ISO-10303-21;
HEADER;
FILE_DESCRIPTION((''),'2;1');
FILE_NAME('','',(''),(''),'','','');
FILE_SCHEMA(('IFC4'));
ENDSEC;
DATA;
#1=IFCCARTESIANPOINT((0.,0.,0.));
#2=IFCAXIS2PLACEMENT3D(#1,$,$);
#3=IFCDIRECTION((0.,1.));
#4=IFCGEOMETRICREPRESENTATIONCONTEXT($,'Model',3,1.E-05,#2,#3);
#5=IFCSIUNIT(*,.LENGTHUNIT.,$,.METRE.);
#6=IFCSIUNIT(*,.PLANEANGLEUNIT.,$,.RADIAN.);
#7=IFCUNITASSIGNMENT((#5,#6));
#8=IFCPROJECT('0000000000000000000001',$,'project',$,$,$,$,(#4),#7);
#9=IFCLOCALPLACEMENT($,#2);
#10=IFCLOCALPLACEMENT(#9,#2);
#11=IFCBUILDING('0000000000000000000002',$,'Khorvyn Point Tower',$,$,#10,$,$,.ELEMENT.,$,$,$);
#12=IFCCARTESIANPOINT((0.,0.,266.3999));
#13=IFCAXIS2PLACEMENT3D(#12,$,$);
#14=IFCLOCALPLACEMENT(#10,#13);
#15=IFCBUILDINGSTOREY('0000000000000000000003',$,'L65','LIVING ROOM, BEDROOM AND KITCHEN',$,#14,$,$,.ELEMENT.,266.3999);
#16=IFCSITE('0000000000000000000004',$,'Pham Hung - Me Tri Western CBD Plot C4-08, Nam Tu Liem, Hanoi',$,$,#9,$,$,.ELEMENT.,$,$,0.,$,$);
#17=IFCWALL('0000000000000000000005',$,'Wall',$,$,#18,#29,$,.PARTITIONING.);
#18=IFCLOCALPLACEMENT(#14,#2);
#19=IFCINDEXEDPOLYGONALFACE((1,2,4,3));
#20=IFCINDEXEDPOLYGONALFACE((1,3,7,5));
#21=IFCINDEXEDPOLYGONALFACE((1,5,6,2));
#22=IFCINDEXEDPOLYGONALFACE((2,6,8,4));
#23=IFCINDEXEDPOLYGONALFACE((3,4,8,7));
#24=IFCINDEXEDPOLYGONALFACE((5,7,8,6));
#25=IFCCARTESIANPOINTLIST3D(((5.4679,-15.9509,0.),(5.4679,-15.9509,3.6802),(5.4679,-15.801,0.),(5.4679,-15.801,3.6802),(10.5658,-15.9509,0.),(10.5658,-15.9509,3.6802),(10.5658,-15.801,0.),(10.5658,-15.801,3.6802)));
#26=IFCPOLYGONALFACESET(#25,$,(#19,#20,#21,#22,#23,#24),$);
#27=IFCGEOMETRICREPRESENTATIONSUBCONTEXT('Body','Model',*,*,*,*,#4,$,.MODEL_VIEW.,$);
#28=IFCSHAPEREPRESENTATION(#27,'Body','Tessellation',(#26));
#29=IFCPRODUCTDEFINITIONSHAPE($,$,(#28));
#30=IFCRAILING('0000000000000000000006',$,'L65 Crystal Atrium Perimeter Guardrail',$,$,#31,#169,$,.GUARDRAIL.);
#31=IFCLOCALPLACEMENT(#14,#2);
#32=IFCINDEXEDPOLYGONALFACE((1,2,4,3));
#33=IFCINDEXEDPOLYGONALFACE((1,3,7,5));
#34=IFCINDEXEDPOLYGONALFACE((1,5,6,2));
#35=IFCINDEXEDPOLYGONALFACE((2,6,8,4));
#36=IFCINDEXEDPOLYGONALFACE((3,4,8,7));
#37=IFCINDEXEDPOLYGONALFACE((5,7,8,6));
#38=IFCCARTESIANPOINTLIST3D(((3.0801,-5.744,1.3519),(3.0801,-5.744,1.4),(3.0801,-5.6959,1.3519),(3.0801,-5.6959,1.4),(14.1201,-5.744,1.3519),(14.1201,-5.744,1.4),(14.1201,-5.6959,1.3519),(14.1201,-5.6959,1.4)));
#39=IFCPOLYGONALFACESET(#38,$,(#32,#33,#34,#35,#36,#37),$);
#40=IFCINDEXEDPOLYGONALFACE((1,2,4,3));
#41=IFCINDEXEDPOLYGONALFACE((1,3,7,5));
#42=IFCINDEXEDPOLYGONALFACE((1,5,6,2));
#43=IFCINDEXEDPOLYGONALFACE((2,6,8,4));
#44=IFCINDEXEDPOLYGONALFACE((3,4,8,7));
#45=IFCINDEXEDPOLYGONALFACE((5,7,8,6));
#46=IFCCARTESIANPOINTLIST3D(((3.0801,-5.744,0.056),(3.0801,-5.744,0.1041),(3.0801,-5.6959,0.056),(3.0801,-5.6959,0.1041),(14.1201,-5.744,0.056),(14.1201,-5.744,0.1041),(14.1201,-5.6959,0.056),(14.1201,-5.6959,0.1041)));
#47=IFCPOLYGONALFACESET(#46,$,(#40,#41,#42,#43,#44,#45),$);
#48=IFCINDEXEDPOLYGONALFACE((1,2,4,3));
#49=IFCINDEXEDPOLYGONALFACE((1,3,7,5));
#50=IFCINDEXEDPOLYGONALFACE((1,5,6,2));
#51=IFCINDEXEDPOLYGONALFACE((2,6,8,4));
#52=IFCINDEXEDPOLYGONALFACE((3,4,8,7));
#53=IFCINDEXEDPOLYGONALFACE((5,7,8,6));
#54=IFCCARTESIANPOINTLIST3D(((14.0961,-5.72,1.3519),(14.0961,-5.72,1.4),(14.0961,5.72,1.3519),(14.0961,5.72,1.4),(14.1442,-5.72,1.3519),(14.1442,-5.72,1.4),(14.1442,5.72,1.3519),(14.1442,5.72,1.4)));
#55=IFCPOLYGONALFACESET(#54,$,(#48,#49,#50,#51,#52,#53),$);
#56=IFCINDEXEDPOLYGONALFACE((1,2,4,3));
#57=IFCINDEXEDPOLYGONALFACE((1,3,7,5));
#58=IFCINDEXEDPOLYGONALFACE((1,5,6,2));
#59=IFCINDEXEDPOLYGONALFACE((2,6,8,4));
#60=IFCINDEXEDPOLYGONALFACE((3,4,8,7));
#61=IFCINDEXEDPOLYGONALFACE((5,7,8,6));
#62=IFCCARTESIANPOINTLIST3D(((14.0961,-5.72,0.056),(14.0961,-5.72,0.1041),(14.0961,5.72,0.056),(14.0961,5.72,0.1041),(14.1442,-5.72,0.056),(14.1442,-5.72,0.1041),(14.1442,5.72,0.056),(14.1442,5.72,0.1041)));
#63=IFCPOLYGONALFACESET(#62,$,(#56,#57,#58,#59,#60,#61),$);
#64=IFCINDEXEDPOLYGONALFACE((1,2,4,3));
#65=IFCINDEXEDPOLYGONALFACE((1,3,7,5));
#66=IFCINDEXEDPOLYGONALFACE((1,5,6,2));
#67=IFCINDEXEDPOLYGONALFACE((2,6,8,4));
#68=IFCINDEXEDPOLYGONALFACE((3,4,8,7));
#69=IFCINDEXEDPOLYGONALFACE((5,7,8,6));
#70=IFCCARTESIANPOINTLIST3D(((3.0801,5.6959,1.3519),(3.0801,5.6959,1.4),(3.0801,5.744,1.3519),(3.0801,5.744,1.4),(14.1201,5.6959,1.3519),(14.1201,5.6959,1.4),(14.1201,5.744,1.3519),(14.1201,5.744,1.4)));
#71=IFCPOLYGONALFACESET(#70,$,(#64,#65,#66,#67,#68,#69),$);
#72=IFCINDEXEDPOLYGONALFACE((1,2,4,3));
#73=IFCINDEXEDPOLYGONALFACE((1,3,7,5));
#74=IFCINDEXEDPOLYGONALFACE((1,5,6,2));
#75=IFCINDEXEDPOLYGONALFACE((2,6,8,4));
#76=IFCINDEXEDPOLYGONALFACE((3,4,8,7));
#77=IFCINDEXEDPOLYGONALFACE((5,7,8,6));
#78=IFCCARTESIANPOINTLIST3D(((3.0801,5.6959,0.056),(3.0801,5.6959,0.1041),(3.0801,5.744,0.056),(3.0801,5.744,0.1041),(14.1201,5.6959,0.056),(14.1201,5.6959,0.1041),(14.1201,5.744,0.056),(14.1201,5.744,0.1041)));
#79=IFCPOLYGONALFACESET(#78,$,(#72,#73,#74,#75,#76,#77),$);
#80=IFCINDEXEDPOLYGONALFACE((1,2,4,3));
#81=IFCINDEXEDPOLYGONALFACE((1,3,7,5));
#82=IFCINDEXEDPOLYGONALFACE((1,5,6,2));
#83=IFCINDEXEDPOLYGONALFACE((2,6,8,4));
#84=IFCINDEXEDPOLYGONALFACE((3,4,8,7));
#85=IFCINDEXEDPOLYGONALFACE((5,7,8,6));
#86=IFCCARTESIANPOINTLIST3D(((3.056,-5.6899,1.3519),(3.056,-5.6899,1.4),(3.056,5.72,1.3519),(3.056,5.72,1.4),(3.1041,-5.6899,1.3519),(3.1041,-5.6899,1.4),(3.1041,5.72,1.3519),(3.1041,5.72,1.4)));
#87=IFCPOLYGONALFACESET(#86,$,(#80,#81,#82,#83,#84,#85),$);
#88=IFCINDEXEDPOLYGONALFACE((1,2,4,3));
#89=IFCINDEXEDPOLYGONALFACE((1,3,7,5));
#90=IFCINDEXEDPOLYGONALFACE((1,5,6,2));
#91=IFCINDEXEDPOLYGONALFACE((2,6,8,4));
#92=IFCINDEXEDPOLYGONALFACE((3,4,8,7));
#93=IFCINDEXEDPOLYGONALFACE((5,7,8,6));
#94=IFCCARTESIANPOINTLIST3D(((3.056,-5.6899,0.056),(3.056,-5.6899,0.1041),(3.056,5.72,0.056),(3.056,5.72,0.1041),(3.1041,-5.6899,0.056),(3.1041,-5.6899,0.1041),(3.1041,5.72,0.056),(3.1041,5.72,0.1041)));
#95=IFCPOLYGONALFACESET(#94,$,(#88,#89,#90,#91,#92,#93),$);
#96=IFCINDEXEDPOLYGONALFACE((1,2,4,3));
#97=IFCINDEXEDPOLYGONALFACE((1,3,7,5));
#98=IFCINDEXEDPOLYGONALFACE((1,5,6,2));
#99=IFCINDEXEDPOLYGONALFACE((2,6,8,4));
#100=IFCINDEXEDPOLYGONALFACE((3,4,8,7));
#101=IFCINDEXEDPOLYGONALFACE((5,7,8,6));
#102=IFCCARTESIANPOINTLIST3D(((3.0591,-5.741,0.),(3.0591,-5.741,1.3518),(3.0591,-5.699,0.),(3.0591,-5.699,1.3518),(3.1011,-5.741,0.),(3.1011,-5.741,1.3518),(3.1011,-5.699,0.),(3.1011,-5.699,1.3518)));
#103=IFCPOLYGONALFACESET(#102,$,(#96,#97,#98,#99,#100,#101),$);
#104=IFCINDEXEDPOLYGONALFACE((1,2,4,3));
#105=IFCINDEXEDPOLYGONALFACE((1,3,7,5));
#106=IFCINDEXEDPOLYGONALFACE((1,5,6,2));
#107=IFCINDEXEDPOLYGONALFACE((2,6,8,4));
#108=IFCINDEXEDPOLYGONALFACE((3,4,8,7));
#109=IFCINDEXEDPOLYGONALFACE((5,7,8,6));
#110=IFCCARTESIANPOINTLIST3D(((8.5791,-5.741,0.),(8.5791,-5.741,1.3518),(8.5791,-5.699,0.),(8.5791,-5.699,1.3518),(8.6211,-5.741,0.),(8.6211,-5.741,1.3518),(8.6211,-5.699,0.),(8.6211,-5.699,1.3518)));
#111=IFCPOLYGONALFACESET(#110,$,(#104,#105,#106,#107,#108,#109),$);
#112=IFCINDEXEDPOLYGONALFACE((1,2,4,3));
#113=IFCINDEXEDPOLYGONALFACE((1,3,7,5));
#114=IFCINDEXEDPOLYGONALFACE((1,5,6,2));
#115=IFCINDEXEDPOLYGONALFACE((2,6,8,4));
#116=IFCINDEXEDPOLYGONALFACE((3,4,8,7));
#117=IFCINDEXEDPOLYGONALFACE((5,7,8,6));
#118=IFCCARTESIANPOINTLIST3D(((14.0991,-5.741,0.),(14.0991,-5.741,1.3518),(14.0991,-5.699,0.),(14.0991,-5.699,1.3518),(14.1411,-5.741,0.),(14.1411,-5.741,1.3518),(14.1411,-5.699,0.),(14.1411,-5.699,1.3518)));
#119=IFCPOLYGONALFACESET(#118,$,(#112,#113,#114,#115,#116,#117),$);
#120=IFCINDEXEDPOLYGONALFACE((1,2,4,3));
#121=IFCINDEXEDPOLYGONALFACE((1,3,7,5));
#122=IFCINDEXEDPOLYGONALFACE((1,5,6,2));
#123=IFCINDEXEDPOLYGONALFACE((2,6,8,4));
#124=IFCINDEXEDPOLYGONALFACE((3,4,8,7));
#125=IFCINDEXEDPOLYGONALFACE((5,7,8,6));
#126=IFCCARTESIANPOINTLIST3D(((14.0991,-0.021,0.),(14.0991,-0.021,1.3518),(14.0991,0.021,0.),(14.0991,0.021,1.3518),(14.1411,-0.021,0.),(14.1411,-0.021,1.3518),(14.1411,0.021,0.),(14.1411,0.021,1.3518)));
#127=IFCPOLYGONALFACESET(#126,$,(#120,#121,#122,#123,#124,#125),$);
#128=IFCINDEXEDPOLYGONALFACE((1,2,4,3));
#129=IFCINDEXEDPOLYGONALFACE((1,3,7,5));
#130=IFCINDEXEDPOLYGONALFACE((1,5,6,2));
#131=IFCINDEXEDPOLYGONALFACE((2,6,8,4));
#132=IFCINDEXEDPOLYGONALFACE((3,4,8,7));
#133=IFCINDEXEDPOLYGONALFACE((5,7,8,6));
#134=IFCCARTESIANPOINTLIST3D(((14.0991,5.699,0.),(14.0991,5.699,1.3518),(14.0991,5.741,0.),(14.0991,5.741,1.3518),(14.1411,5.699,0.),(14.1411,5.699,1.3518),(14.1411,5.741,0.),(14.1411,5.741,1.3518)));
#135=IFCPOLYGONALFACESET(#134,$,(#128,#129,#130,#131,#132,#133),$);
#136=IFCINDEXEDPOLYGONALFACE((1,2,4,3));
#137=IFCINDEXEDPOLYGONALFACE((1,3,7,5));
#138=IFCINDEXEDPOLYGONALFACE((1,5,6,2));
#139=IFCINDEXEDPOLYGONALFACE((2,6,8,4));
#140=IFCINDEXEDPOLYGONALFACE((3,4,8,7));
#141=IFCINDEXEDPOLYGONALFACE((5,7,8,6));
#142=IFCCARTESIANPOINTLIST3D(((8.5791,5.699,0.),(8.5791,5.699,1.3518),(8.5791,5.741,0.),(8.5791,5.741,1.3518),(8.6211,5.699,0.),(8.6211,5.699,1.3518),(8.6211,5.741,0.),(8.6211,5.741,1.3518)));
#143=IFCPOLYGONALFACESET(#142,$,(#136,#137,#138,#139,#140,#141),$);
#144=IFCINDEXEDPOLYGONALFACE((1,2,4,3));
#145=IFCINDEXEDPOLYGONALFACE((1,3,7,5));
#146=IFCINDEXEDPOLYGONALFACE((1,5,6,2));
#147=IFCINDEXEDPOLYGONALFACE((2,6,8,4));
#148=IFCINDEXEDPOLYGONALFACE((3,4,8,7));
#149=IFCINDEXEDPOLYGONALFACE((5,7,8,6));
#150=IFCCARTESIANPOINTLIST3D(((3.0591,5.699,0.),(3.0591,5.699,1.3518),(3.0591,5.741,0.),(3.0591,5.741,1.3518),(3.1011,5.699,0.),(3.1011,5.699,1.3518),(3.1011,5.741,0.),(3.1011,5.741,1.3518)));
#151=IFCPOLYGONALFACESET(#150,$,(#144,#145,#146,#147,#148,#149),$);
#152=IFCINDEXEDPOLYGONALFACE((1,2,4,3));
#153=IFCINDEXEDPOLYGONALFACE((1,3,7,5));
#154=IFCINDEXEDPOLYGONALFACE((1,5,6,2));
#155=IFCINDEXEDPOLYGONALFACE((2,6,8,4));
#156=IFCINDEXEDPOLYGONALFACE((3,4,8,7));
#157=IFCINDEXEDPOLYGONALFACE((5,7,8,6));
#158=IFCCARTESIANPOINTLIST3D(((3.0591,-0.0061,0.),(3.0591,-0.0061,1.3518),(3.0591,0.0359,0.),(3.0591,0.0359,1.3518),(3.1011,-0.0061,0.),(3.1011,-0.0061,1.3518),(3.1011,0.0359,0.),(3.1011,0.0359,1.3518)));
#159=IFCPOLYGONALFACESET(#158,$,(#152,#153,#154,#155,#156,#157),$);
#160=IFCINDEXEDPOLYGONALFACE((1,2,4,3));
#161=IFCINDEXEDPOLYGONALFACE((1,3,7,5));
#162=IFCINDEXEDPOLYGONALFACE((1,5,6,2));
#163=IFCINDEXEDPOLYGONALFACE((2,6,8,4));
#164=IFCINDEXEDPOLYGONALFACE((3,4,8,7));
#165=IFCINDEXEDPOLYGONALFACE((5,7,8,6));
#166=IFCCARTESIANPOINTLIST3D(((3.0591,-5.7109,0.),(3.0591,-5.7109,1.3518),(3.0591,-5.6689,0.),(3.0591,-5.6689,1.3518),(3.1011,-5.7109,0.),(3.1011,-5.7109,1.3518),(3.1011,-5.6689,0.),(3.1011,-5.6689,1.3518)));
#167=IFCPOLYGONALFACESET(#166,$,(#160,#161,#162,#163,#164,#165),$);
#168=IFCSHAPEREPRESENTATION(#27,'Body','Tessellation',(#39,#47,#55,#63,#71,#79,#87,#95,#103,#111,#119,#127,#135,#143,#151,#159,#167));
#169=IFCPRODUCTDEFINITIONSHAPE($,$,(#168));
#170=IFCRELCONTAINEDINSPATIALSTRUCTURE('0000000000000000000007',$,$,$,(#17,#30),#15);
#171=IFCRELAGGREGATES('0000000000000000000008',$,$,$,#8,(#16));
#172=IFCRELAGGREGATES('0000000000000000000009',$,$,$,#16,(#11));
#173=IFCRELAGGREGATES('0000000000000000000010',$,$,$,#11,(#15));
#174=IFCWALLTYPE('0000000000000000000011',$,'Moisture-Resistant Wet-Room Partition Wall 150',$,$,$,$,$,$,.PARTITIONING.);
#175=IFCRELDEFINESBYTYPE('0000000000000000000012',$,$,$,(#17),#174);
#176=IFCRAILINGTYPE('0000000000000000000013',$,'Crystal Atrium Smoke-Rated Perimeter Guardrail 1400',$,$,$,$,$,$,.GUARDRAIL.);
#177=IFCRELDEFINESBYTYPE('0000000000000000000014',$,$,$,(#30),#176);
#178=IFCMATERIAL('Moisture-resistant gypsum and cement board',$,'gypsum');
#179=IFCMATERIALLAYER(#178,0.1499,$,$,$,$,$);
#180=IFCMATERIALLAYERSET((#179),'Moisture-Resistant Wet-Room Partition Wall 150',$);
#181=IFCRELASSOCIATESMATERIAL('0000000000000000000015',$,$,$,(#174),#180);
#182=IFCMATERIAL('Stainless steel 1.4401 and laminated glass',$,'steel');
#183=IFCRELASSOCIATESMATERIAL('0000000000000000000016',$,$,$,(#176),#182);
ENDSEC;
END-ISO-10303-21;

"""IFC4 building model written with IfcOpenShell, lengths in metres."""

from ifc_helpers import new_model, si_unit, direction, frame, frame_2d, origin, origin_2d, place, context, subcontext, project, spatial, rectangle, extrude, material, layer, layer_set, type_object, element, save


model = new_model("IFC4")

# Units and contexts
model_context = context("Model", 3, precision=1e-05, world=origin(), true_north=direction((0.0, 1.0)))
body_context = subcontext(model_context, "Body", "Model", "MODEL_VIEW")
ifc_project = project(units=[si_unit("LENGTHUNIT", "METRE"), si_unit("PLANEANGLEUNIT", "RADIAN")], contexts=[model_context])

# Site, building, storey
site_placement = place(None, origin())
site = spatial("IfcSite", under=ifc_project, at=site_placement, Name="Pham Hung - Me Tri Western CBD Plot C4-08, Nam Tu Liem, Hanoi", CompositionType="ELEMENT", RefElevation=0.0)
building_placement = place(site_placement, origin())
building = spatial("IfcBuilding", under=site, at=building_placement, Name="Khorvyn Point Tower", CompositionType="ELEMENT")
storey_placement = place(building_placement, frame((0.0, 0.0, 266.3999)))
storey = spatial("IfcBuildingStorey", under=building, at=storey_placement, Name="L65", Description="LIVING ROOM, BEDROOM AND KITCHEN", CompositionType="ELEMENT", Elevation=266.3999)

# Shared definitions
ifc_material_1 = material(Name="Moisture-resistant gypsum and cement board", Category="gypsum")
ifc_layer_1 = layer(ifc_material_1, 0.1499)
ifc_layer_set_1 = layer_set([ifc_layer_1], Name="Moisture-Resistant Wet-Room Partition Wall 150")
wall_type_1 = type_object("IfcWallType", Name="Moisture-Resistant Wet-Room Partition Wall 150", PredefinedType="PARTITIONING", material=ifc_layer_set_1)

# Wall
wall_1_placement = place(storey_placement, frame((5.468, -15.876, 0.0), z_axis=(0.0, 0.0, 1.0), x_axis=(1.0, 0.0, 0.0)))
element("IfcWall", 1, at=wall_1_placement, inside=storey, type_object=wall_type_1, Name="Wall", PredefinedType="PARTITIONING", context=body_context, shape_type="SweptSolid", body=[
    extrude(rectangle(XDim=5.0979, YDim=0.1499, at=frame_2d((2.5488, 0.0))), origin(), (0.0, 0.0, 1.0), 3.6802),
])

# Railing
ifc_material_2 = material(Name="Stainless steel 1.4401 and laminated glass", Category="steel")
railing_type = type_object("IfcRailingType", Name="Crystal Atrium Smoke-Rated Perimeter Guardrail 1400", PredefinedType="GUARDRAIL", material=ifc_material_2)
railing_placement = place(storey_placement, frame((3.0801, -5.72, 0.0)))
element("IfcRailing", 2, at=railing_placement, inside=storey, type_object=railing_type, Name="L65 Crystal Atrium Perimeter Guardrail", PredefinedType="GUARDRAIL", context=body_context, shape_type="SweptSolid", body=[
    extrude(rectangle(XDim=0.0481, YDim=0.0481, at=origin_2d()), frame((0.0, 0.0, 1.376), z_axis=(1.0, 0.0, 0.0), x_axis=(0.0, 1.0, 0.0)), (0.0, 0.0, 1.0), 11.04),
    extrude(rectangle(XDim=0.0481, YDim=0.0481, at=origin_2d()), frame((0.0, 0.0, 0.0801), z_axis=(1.0, 0.0, 0.0), x_axis=(0.0, 1.0, 0.0)), (0.0, 0.0, 1.0), 11.04),
    extrude(rectangle(XDim=0.0481, YDim=0.0481, at=origin_2d()), frame((11.04, 0.0, 1.376), z_axis=(0.0, 1.0, 0.0), x_axis=(-1.0, 0.0, 0.0)), (0.0, 0.0, 1.0), 11.4399),
    extrude(rectangle(XDim=0.0481, YDim=0.0481, at=origin_2d()), frame((11.04, 0.0, 0.0801), z_axis=(0.0, 1.0, 0.0), x_axis=(-1.0, 0.0, 0.0)), (0.0, 0.0, 1.0), 11.4399),
    extrude(rectangle(XDim=0.0481, YDim=0.0481, at=origin_2d()), frame((11.04, 11.4399, 1.376), z_axis=(-1.0, 0.0, 0.0), x_axis=(0.0, -1.0, 0.0)), (0.0, 0.0, 1.0), 11.04),
    extrude(rectangle(XDim=0.0481, YDim=0.0481, at=origin_2d()), frame((11.04, 11.4399, 0.0801), z_axis=(-1.0, 0.0, 0.0), x_axis=(0.0, -1.0, 0.0)), (0.0, 0.0, 1.0), 11.04),
    extrude(rectangle(XDim=0.0481, YDim=0.0481, at=origin_2d()), frame((0.0, 11.4399, 1.376), z_axis=(0.0, -1.0, 0.0), x_axis=(1.0, 0.0, 0.0)), (0.0, 0.0, 1.0), 11.4099),
    extrude(rectangle(XDim=0.0481, YDim=0.0481, at=origin_2d()), frame((0.0, 11.4399, 0.0801), z_axis=(0.0, -1.0, 0.0), x_axis=(1.0, 0.0, 0.0)), (0.0, 0.0, 1.0), 11.4099),
    extrude(rectangle(XDim=0.042, YDim=0.042, at=origin_2d()), origin(), (0.0, 0.0, 1.0), 1.3518),
    extrude(rectangle(XDim=0.042, YDim=0.042, at=origin_2d()), frame((5.52, 0.0, 0.0)), (0.0, 0.0, 1.0), 1.3518),
    extrude(rectangle(XDim=0.042, YDim=0.042, at=origin_2d()), frame((11.04, 0.0, 0.0)), (0.0, 0.0, 1.0), 1.3518),
    extrude(rectangle(XDim=0.042, YDim=0.042, at=origin_2d()), frame((11.04, 5.72, 0.0)), (0.0, 0.0, 1.0), 1.3518),
    extrude(rectangle(XDim=0.042, YDim=0.042, at=origin_2d()), frame((11.04, 11.4399, 0.0)), (0.0, 0.0, 1.0), 1.3518),
    extrude(rectangle(XDim=0.042, YDim=0.042, at=origin_2d()), frame((5.52, 11.4399, 0.0)), (0.0, 0.0, 1.0), 1.3518),
    extrude(rectangle(XDim=0.042, YDim=0.042, at=origin_2d()), frame((0.0, 11.4399, 0.0)), (0.0, 0.0, 1.0), 1.3518),
    extrude(rectangle(XDim=0.042, YDim=0.042, at=origin_2d()), frame((0.0, 5.7349, 0.0)), (0.0, 0.0, 1.0), 1.3518),
    extrude(rectangle(XDim=0.042, YDim=0.042, at=origin_2d()), frame((0.0, 0.03, 0.0)), (0.0, 0.0, 1.0), 1.3518),
])

save(model, "model.ifc")
